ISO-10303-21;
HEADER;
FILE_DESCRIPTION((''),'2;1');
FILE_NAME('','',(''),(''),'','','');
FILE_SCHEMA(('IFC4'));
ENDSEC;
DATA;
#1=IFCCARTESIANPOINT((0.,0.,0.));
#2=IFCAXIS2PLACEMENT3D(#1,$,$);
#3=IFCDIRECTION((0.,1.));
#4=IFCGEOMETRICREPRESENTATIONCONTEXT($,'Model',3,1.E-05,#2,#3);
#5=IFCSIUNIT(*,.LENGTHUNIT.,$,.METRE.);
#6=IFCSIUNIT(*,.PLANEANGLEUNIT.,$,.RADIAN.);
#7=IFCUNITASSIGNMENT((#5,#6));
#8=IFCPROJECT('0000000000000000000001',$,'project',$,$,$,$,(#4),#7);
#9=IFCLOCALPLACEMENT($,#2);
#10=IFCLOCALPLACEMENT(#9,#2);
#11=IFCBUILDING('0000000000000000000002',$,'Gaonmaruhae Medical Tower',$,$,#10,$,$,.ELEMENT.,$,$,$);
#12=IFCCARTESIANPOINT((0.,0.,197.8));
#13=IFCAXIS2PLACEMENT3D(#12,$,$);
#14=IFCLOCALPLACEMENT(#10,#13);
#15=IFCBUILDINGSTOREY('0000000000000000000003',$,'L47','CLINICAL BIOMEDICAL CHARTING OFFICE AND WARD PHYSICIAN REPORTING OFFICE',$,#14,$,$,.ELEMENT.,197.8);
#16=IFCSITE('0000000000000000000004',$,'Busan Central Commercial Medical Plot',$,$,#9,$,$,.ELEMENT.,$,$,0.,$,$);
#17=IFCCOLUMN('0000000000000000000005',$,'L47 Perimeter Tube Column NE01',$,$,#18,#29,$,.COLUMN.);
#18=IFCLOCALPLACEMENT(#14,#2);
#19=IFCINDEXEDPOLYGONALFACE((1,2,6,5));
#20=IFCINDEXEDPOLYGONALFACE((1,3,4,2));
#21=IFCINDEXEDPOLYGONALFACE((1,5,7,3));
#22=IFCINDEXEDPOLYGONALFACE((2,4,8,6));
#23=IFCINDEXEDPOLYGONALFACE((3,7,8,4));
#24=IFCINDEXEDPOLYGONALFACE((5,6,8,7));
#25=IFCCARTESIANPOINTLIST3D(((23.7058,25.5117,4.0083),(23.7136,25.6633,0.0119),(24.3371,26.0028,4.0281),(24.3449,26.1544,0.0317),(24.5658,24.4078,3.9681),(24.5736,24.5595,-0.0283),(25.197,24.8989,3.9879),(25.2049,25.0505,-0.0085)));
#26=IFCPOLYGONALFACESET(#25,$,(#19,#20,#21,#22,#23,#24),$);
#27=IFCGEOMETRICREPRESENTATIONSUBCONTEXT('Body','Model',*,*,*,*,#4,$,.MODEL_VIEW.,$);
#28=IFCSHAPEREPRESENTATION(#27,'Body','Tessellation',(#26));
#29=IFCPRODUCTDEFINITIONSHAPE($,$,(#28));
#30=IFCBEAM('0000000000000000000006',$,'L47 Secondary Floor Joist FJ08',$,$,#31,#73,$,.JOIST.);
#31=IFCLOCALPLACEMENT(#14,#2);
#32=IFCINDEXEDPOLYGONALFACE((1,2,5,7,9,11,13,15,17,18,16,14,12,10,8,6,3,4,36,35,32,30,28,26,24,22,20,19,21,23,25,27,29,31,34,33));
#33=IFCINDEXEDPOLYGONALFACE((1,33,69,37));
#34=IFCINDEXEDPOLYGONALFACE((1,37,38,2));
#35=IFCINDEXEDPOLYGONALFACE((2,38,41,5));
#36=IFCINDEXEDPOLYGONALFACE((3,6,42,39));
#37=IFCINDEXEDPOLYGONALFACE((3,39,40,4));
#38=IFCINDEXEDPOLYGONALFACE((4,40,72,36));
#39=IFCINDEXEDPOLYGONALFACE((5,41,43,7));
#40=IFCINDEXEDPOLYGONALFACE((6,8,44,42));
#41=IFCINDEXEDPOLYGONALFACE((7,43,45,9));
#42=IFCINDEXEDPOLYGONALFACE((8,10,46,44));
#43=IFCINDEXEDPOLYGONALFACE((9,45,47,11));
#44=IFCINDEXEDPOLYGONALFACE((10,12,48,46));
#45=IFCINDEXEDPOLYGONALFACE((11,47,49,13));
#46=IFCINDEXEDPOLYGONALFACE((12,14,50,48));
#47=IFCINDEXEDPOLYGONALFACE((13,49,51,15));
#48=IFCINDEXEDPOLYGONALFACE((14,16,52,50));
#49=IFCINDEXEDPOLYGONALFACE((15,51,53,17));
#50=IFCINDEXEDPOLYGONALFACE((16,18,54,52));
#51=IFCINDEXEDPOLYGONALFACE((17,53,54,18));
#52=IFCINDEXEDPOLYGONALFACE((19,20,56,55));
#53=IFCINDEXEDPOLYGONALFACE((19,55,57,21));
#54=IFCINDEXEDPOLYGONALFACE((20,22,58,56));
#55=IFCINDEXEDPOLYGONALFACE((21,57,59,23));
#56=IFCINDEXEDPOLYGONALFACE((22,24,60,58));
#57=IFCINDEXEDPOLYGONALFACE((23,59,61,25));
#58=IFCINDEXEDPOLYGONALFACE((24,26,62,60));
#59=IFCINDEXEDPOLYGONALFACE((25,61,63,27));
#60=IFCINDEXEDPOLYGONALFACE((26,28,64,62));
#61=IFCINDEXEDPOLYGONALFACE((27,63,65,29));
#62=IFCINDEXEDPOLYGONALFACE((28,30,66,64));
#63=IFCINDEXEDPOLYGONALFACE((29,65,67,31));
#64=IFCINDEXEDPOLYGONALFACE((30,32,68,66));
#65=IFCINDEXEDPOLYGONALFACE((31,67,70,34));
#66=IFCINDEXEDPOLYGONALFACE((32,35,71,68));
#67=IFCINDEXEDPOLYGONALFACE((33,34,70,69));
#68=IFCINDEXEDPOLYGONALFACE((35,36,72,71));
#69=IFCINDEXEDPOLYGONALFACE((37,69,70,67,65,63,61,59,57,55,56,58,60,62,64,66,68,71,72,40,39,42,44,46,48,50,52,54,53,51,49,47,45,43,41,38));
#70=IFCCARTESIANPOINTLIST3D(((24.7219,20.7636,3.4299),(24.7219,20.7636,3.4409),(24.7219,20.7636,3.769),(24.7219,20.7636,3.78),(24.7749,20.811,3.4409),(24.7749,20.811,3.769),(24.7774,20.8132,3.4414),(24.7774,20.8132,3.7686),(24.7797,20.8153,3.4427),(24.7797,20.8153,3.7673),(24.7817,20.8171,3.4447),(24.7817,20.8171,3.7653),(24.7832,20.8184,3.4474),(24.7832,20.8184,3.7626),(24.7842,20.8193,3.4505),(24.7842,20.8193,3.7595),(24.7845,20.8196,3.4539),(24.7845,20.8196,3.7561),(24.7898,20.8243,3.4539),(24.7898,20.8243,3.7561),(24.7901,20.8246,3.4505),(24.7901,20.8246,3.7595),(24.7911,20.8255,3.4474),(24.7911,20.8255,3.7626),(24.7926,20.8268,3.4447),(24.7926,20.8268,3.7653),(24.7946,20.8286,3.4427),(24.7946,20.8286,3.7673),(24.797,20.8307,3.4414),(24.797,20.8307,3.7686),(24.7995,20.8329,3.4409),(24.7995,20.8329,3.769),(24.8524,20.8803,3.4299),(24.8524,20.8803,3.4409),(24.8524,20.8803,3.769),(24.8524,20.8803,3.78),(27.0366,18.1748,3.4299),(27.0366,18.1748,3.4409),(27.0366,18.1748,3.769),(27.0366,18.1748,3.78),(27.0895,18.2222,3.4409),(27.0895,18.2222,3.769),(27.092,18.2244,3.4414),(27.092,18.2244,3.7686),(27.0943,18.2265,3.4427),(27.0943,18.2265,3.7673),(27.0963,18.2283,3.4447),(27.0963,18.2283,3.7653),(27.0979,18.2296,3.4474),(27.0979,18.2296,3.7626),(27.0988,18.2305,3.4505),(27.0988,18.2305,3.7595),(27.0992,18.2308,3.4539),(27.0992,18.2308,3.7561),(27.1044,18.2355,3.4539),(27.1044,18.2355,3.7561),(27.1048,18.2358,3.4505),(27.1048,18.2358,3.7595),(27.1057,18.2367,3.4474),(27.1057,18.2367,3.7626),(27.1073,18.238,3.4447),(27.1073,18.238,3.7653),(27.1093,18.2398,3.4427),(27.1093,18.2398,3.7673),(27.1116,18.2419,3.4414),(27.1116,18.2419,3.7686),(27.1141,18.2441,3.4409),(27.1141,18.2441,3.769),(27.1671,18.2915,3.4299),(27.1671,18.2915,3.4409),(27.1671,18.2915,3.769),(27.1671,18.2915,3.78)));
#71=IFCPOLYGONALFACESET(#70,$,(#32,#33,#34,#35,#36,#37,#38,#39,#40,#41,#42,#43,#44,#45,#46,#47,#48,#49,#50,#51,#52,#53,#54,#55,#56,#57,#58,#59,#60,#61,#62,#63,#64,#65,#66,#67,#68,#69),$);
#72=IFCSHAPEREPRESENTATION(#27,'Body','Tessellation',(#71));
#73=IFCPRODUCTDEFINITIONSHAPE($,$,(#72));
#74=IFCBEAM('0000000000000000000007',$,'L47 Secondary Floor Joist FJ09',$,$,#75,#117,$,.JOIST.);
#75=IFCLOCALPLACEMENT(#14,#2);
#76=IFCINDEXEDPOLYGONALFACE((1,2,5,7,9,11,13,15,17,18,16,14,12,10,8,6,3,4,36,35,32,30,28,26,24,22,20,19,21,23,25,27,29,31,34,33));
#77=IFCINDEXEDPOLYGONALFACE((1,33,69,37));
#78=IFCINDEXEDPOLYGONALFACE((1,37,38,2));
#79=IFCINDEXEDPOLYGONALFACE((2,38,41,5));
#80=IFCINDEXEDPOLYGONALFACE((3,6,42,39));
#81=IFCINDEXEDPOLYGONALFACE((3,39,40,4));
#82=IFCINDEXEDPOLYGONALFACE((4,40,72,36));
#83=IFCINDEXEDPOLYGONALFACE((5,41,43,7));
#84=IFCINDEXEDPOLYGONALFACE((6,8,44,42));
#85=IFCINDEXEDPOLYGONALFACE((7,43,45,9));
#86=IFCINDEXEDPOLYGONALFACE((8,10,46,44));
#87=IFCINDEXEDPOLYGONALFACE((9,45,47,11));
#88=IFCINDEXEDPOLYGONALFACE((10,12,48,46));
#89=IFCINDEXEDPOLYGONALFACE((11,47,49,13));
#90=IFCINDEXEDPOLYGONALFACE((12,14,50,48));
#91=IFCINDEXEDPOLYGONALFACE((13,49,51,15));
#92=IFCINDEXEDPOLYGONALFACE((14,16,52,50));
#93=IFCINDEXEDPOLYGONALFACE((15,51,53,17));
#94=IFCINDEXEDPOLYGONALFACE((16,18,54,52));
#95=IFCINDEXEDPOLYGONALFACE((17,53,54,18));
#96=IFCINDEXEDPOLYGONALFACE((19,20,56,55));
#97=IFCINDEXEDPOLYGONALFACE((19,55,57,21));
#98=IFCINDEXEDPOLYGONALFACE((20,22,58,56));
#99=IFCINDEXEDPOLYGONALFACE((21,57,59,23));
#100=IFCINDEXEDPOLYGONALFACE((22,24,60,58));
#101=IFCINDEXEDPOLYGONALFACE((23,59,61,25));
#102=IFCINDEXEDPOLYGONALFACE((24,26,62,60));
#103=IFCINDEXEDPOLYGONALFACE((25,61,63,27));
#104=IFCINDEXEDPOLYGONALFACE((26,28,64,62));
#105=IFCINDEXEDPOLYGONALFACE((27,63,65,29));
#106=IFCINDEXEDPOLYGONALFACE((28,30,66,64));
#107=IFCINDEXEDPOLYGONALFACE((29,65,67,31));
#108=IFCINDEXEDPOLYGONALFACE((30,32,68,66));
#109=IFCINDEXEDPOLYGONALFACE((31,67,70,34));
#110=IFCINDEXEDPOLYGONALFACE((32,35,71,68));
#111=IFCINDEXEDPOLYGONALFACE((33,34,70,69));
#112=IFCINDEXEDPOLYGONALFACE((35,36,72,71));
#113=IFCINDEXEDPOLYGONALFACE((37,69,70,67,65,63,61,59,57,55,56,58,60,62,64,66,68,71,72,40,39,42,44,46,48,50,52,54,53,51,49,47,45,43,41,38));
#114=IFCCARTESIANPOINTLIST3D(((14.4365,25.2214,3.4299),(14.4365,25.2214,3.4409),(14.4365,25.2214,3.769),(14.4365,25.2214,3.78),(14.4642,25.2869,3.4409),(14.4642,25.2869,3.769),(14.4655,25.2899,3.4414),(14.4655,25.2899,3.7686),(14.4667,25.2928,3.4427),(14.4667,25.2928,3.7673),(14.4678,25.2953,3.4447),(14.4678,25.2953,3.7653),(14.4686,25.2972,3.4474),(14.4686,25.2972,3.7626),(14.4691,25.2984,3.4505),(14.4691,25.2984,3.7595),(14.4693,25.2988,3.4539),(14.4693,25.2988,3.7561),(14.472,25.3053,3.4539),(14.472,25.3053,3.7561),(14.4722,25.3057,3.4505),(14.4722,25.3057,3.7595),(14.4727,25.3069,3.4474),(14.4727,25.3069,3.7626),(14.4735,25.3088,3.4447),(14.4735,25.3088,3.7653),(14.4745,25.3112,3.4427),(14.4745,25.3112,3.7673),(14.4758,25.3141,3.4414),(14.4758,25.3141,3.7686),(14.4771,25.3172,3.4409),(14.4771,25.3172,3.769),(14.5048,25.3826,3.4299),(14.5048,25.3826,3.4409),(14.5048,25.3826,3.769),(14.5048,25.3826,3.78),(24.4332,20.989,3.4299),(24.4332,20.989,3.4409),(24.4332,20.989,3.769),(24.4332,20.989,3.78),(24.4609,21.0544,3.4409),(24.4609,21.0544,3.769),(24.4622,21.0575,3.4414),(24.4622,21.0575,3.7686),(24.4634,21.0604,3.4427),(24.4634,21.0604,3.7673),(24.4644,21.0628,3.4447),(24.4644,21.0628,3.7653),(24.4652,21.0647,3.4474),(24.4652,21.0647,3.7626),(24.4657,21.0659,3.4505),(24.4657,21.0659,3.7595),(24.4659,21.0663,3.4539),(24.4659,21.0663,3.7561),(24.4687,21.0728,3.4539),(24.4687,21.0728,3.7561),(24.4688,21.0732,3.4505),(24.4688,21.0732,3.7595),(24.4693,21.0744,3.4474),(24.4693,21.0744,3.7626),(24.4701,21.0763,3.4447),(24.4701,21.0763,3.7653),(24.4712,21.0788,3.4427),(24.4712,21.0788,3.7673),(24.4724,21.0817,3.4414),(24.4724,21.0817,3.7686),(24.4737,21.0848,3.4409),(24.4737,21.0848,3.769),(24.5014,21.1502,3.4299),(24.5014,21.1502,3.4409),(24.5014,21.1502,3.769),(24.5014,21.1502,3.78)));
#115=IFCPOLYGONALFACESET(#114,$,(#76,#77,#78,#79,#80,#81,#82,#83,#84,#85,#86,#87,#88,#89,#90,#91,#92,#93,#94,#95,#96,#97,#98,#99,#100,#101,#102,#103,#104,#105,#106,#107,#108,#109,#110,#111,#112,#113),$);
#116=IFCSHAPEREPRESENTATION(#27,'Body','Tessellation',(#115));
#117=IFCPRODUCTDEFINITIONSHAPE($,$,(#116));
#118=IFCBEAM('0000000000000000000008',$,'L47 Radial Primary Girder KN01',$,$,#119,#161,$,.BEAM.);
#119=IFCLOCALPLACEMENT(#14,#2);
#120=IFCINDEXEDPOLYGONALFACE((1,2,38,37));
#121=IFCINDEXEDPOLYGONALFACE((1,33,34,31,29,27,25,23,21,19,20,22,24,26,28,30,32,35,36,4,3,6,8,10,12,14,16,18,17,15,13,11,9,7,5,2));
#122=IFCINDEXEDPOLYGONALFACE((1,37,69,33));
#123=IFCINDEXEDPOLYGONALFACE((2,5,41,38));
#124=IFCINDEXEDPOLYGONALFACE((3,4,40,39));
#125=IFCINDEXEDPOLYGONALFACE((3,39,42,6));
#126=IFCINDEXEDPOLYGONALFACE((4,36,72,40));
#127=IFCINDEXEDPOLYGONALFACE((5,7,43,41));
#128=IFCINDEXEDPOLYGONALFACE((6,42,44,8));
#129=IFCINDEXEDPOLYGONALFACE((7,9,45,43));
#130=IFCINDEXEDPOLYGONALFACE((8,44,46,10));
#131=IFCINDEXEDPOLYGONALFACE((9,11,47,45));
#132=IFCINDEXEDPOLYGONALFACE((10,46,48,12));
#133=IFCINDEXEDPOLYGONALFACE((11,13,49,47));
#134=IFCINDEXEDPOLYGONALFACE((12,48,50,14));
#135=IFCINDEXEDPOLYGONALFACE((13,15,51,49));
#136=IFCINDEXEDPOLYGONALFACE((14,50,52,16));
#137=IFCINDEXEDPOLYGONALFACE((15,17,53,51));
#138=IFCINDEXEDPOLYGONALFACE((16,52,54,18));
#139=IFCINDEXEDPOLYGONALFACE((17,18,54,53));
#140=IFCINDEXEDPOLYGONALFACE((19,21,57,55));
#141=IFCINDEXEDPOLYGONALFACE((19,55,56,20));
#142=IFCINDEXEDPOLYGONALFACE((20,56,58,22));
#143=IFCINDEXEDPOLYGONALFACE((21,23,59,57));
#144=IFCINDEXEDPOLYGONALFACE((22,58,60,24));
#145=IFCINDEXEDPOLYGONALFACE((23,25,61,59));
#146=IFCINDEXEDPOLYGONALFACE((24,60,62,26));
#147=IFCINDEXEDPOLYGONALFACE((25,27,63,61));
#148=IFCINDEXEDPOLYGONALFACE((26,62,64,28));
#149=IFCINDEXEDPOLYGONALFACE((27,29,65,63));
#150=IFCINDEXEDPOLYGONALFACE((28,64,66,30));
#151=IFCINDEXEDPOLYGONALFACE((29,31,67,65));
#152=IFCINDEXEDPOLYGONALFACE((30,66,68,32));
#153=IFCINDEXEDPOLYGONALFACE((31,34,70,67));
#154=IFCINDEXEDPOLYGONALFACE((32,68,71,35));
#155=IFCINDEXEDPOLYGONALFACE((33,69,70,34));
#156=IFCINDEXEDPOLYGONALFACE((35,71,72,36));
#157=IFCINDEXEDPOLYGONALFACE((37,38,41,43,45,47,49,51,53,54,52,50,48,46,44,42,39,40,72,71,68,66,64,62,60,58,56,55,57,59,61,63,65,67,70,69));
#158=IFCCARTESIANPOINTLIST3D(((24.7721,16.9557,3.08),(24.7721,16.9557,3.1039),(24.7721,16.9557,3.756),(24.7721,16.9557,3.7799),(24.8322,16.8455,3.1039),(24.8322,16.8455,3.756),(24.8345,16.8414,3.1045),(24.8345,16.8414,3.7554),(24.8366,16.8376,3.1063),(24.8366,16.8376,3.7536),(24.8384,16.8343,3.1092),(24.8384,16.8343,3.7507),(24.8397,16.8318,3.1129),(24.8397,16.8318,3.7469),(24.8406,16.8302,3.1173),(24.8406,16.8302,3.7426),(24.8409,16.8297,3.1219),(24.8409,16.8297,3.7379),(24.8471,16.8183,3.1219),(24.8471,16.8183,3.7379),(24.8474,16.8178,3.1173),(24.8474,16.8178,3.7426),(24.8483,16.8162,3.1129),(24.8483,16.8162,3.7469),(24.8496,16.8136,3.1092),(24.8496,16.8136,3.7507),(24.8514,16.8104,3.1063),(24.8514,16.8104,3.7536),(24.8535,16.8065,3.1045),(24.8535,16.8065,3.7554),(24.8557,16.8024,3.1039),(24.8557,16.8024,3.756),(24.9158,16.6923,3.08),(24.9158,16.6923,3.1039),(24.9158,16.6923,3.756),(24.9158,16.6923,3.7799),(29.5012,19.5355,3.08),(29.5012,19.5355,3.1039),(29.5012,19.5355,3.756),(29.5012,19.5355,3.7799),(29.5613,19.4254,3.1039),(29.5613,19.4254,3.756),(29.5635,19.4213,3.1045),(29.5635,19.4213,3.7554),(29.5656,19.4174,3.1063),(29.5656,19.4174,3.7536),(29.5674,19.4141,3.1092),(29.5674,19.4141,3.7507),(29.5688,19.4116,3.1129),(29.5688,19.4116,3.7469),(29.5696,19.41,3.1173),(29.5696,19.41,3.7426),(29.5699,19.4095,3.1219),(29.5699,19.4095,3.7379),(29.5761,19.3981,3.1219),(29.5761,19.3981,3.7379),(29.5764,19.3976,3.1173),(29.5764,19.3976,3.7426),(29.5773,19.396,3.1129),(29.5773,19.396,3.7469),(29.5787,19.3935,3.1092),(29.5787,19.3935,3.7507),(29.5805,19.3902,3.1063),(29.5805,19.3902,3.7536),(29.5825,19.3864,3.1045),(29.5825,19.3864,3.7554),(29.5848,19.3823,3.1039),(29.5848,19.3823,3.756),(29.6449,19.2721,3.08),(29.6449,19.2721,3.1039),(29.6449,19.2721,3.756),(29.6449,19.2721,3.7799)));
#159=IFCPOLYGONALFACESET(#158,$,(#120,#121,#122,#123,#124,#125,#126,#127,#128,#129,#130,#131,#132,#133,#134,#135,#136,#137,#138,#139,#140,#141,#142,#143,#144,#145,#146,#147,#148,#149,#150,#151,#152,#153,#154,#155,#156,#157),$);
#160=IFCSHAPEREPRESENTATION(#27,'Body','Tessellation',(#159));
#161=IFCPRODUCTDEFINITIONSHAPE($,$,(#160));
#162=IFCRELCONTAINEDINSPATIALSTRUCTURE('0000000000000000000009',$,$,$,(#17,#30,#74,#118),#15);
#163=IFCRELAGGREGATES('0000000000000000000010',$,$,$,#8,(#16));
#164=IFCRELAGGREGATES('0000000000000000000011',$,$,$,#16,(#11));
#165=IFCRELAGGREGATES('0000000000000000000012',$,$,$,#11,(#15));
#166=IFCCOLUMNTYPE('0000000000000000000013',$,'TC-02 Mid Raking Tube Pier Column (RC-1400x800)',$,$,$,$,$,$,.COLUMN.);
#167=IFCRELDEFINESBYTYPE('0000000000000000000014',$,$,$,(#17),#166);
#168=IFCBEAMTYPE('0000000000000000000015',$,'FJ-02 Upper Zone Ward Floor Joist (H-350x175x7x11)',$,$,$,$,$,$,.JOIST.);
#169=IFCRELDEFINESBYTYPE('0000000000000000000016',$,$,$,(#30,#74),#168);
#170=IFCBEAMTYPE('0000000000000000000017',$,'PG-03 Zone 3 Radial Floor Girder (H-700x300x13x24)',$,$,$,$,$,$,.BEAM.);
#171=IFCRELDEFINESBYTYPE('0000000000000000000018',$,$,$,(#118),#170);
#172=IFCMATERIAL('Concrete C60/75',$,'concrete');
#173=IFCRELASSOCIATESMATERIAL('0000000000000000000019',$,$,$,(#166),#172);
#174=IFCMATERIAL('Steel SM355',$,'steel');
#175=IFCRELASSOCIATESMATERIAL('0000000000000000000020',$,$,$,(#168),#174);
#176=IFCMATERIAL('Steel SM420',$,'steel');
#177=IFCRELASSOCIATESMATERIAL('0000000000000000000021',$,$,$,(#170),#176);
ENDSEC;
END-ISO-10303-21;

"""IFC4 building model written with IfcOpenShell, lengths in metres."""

from ifc_helpers import new_model, si_unit, direction, frame, origin, origin_2d, place, context, subcontext, project, spatial, rectangle, i_section, extrude, material, material_profile, profile_set, type_object, element, save


model = new_model("IFC4")

# Units and contexts
model_context = context("Model", 3, precision=1e-05, world=origin(), true_north=direction((0.0, 1.0)))
body_context = subcontext(model_context, "Body", "Model", "MODEL_VIEW")
ifc_project = project(units=[si_unit("LENGTHUNIT", "METRE"), si_unit("PLANEANGLEUNIT", "RADIAN")], contexts=[model_context])

# Site, building, storey
site_placement = place(None, origin())
site = spatial("IfcSite", under=ifc_project, at=site_placement, Name="Busan Central Commercial Medical Plot", CompositionType="ELEMENT", RefElevation=0.0)
building_placement = place(site_placement, origin())
building = spatial("IfcBuilding", under=site, at=building_placement, Name="Gaonmaruhae Medical Tower", CompositionType="ELEMENT")
storey_placement = place(building_placement, frame((0.0, 0.0, 197.8)))
storey = spatial("IfcBuildingStorey", under=building, at=storey_placement, Name="L47", Description="CLINICAL BIOMEDICAL CHARTING OFFICE AND WARD PHYSICIAN REPORTING OFFICE", CompositionType="ELEMENT", Elevation=197.8)

# Column
ifc_material_1 = material(Name="Concrete C60/75", Category="concrete")
ifc_material_profile_1 = material_profile(ifc_material_1, rectangle(XDim=1.3999, YDim=0.8, at=origin_2d()), Name="RC-1400x800")
ifc_profile_set_1 = profile_set([ifc_material_profile_1], Name="Concrete C60/75")
column_type = type_object("IfcColumnType", Name="TC-02 Mid Raking Tube Pier Column (RC-1400x800)", PredefinedType="COLUMN", material=ifc_profile_set_1)
column_placement = place(storey_placement, frame((24.4592, 25.3569, 0.0017), z_axis=(-0.001954, -0.03791, 0.999279), x_axis=(-0.614316, 0.788538, 0.028714)))
element("IfcColumn", 1, at=column_placement, inside=storey, type_object=column_type, Name="L47 Perimeter Tube Column NE01", PredefinedType="COLUMN", context=body_context, shape_type="SweptSolid", body=[
    extrude(rectangle(XDim=1.3999, YDim=0.8, at=origin_2d()), origin(), (0.0, 0.0, 1.0), 3.9993),
])

# Beams
ifc_material_2 = material(Name="Steel SM355", Category="steel")
ifc_material_profile_2 = material_profile(ifc_material_2, i_section(OverallWidth=0.175, OverallDepth=0.3501, WebThickness=0.0071, FlangeThickness=0.011, FilletRadius=0.0129, at=origin_2d()), Name="H-350x175x7x11")
ifc_profile_set_2 = profile_set([ifc_material_profile_2], Name="Steel SM355")
beam_type_1 = type_object("IfcBeamType", Name="FJ-02 Upper Zone Ward Floor Joist (H-350x175x7x11)", PredefinedType="JOIST", material=ifc_profile_set_2)
beam_1_placement = place(storey_placement, frame((27.1018, 18.2332, 3.605), z_axis=(-0.66653, 0.745478, 0.0), x_axis=(-0.745478, -0.66653, 0.0)))
element("IfcBeam", 2, at=beam_1_placement, inside=storey, type_object=beam_type_1, Name="L47 Secondary Floor Joist FJ08", PredefinedType="JOIST", context=body_context, shape_type="SweptSolid", body=[
    extrude(i_section(OverallWidth=0.175, OverallDepth=0.3501, WebThickness=0.0071, FlangeThickness=0.011, FilletRadius=0.0129, at=origin_2d()), origin(), (0.0, 0.0, 1.0), 3.4727),
])
beam_2_placement = place(storey_placement, frame((24.4673, 21.0696, 3.605), z_axis=(-0.920865, 0.389882, 0.0), x_axis=(-0.389882, -0.920865, 0.0)))
element("IfcBeam", 3, at=beam_2_placement, inside=storey, type_object=beam_type_1, Name="L47 Secondary Floor Joist FJ09", PredefinedType="JOIST", context=body_context, shape_type="SweptSolid", body=[
    extrude(i_section(OverallWidth=0.175, OverallDepth=0.3501, WebThickness=0.0071, FlangeThickness=0.011, FilletRadius=0.0129, at=origin_2d()), origin(), (0.0, 0.0, 1.0), 10.8557),
])
ifc_material_3 = material(Name="Steel SM420", Category="steel")
ifc_material_profile_3 = material_profile(ifc_material_3, i_section(OverallWidth=0.3, OverallDepth=0.7, WebThickness=0.0129, FlangeThickness=0.0239, FilletRadius=0.0181, at=origin_2d()), Name="H-700x300x13x24")
ifc_profile_set_3 = profile_set([ifc_material_profile_3], Name="Steel SM420")
beam_type_2 = type_object("IfcBeamType", Name="PG-03 Zone 3 Radial Floor Girder (H-700x300x13x24)", PredefinedType="BEAM", material=ifc_profile_set_3)
beam_3_placement = place(storey_placement, frame((24.844, 16.824, 3.4299), z_axis=(0.877866, 0.478906, 0.0), x_axis=(-0.478906, 0.877866, 0.0)))
element("IfcBeam", 4, at=beam_3_placement, inside=storey, type_object=beam_type_2, Name="L47 Radial Primary Girder KN01", PredefinedType="BEAM", context=body_context, shape_type="SweptSolid", body=[
    extrude(i_section(OverallWidth=0.3, OverallDepth=0.7, WebThickness=0.0129, FlangeThickness=0.0239, FilletRadius=0.0181, at=origin_2d()), origin(), (0.0, 0.0, 1.0), 5.387),
])

save(model, "model.ifc")
